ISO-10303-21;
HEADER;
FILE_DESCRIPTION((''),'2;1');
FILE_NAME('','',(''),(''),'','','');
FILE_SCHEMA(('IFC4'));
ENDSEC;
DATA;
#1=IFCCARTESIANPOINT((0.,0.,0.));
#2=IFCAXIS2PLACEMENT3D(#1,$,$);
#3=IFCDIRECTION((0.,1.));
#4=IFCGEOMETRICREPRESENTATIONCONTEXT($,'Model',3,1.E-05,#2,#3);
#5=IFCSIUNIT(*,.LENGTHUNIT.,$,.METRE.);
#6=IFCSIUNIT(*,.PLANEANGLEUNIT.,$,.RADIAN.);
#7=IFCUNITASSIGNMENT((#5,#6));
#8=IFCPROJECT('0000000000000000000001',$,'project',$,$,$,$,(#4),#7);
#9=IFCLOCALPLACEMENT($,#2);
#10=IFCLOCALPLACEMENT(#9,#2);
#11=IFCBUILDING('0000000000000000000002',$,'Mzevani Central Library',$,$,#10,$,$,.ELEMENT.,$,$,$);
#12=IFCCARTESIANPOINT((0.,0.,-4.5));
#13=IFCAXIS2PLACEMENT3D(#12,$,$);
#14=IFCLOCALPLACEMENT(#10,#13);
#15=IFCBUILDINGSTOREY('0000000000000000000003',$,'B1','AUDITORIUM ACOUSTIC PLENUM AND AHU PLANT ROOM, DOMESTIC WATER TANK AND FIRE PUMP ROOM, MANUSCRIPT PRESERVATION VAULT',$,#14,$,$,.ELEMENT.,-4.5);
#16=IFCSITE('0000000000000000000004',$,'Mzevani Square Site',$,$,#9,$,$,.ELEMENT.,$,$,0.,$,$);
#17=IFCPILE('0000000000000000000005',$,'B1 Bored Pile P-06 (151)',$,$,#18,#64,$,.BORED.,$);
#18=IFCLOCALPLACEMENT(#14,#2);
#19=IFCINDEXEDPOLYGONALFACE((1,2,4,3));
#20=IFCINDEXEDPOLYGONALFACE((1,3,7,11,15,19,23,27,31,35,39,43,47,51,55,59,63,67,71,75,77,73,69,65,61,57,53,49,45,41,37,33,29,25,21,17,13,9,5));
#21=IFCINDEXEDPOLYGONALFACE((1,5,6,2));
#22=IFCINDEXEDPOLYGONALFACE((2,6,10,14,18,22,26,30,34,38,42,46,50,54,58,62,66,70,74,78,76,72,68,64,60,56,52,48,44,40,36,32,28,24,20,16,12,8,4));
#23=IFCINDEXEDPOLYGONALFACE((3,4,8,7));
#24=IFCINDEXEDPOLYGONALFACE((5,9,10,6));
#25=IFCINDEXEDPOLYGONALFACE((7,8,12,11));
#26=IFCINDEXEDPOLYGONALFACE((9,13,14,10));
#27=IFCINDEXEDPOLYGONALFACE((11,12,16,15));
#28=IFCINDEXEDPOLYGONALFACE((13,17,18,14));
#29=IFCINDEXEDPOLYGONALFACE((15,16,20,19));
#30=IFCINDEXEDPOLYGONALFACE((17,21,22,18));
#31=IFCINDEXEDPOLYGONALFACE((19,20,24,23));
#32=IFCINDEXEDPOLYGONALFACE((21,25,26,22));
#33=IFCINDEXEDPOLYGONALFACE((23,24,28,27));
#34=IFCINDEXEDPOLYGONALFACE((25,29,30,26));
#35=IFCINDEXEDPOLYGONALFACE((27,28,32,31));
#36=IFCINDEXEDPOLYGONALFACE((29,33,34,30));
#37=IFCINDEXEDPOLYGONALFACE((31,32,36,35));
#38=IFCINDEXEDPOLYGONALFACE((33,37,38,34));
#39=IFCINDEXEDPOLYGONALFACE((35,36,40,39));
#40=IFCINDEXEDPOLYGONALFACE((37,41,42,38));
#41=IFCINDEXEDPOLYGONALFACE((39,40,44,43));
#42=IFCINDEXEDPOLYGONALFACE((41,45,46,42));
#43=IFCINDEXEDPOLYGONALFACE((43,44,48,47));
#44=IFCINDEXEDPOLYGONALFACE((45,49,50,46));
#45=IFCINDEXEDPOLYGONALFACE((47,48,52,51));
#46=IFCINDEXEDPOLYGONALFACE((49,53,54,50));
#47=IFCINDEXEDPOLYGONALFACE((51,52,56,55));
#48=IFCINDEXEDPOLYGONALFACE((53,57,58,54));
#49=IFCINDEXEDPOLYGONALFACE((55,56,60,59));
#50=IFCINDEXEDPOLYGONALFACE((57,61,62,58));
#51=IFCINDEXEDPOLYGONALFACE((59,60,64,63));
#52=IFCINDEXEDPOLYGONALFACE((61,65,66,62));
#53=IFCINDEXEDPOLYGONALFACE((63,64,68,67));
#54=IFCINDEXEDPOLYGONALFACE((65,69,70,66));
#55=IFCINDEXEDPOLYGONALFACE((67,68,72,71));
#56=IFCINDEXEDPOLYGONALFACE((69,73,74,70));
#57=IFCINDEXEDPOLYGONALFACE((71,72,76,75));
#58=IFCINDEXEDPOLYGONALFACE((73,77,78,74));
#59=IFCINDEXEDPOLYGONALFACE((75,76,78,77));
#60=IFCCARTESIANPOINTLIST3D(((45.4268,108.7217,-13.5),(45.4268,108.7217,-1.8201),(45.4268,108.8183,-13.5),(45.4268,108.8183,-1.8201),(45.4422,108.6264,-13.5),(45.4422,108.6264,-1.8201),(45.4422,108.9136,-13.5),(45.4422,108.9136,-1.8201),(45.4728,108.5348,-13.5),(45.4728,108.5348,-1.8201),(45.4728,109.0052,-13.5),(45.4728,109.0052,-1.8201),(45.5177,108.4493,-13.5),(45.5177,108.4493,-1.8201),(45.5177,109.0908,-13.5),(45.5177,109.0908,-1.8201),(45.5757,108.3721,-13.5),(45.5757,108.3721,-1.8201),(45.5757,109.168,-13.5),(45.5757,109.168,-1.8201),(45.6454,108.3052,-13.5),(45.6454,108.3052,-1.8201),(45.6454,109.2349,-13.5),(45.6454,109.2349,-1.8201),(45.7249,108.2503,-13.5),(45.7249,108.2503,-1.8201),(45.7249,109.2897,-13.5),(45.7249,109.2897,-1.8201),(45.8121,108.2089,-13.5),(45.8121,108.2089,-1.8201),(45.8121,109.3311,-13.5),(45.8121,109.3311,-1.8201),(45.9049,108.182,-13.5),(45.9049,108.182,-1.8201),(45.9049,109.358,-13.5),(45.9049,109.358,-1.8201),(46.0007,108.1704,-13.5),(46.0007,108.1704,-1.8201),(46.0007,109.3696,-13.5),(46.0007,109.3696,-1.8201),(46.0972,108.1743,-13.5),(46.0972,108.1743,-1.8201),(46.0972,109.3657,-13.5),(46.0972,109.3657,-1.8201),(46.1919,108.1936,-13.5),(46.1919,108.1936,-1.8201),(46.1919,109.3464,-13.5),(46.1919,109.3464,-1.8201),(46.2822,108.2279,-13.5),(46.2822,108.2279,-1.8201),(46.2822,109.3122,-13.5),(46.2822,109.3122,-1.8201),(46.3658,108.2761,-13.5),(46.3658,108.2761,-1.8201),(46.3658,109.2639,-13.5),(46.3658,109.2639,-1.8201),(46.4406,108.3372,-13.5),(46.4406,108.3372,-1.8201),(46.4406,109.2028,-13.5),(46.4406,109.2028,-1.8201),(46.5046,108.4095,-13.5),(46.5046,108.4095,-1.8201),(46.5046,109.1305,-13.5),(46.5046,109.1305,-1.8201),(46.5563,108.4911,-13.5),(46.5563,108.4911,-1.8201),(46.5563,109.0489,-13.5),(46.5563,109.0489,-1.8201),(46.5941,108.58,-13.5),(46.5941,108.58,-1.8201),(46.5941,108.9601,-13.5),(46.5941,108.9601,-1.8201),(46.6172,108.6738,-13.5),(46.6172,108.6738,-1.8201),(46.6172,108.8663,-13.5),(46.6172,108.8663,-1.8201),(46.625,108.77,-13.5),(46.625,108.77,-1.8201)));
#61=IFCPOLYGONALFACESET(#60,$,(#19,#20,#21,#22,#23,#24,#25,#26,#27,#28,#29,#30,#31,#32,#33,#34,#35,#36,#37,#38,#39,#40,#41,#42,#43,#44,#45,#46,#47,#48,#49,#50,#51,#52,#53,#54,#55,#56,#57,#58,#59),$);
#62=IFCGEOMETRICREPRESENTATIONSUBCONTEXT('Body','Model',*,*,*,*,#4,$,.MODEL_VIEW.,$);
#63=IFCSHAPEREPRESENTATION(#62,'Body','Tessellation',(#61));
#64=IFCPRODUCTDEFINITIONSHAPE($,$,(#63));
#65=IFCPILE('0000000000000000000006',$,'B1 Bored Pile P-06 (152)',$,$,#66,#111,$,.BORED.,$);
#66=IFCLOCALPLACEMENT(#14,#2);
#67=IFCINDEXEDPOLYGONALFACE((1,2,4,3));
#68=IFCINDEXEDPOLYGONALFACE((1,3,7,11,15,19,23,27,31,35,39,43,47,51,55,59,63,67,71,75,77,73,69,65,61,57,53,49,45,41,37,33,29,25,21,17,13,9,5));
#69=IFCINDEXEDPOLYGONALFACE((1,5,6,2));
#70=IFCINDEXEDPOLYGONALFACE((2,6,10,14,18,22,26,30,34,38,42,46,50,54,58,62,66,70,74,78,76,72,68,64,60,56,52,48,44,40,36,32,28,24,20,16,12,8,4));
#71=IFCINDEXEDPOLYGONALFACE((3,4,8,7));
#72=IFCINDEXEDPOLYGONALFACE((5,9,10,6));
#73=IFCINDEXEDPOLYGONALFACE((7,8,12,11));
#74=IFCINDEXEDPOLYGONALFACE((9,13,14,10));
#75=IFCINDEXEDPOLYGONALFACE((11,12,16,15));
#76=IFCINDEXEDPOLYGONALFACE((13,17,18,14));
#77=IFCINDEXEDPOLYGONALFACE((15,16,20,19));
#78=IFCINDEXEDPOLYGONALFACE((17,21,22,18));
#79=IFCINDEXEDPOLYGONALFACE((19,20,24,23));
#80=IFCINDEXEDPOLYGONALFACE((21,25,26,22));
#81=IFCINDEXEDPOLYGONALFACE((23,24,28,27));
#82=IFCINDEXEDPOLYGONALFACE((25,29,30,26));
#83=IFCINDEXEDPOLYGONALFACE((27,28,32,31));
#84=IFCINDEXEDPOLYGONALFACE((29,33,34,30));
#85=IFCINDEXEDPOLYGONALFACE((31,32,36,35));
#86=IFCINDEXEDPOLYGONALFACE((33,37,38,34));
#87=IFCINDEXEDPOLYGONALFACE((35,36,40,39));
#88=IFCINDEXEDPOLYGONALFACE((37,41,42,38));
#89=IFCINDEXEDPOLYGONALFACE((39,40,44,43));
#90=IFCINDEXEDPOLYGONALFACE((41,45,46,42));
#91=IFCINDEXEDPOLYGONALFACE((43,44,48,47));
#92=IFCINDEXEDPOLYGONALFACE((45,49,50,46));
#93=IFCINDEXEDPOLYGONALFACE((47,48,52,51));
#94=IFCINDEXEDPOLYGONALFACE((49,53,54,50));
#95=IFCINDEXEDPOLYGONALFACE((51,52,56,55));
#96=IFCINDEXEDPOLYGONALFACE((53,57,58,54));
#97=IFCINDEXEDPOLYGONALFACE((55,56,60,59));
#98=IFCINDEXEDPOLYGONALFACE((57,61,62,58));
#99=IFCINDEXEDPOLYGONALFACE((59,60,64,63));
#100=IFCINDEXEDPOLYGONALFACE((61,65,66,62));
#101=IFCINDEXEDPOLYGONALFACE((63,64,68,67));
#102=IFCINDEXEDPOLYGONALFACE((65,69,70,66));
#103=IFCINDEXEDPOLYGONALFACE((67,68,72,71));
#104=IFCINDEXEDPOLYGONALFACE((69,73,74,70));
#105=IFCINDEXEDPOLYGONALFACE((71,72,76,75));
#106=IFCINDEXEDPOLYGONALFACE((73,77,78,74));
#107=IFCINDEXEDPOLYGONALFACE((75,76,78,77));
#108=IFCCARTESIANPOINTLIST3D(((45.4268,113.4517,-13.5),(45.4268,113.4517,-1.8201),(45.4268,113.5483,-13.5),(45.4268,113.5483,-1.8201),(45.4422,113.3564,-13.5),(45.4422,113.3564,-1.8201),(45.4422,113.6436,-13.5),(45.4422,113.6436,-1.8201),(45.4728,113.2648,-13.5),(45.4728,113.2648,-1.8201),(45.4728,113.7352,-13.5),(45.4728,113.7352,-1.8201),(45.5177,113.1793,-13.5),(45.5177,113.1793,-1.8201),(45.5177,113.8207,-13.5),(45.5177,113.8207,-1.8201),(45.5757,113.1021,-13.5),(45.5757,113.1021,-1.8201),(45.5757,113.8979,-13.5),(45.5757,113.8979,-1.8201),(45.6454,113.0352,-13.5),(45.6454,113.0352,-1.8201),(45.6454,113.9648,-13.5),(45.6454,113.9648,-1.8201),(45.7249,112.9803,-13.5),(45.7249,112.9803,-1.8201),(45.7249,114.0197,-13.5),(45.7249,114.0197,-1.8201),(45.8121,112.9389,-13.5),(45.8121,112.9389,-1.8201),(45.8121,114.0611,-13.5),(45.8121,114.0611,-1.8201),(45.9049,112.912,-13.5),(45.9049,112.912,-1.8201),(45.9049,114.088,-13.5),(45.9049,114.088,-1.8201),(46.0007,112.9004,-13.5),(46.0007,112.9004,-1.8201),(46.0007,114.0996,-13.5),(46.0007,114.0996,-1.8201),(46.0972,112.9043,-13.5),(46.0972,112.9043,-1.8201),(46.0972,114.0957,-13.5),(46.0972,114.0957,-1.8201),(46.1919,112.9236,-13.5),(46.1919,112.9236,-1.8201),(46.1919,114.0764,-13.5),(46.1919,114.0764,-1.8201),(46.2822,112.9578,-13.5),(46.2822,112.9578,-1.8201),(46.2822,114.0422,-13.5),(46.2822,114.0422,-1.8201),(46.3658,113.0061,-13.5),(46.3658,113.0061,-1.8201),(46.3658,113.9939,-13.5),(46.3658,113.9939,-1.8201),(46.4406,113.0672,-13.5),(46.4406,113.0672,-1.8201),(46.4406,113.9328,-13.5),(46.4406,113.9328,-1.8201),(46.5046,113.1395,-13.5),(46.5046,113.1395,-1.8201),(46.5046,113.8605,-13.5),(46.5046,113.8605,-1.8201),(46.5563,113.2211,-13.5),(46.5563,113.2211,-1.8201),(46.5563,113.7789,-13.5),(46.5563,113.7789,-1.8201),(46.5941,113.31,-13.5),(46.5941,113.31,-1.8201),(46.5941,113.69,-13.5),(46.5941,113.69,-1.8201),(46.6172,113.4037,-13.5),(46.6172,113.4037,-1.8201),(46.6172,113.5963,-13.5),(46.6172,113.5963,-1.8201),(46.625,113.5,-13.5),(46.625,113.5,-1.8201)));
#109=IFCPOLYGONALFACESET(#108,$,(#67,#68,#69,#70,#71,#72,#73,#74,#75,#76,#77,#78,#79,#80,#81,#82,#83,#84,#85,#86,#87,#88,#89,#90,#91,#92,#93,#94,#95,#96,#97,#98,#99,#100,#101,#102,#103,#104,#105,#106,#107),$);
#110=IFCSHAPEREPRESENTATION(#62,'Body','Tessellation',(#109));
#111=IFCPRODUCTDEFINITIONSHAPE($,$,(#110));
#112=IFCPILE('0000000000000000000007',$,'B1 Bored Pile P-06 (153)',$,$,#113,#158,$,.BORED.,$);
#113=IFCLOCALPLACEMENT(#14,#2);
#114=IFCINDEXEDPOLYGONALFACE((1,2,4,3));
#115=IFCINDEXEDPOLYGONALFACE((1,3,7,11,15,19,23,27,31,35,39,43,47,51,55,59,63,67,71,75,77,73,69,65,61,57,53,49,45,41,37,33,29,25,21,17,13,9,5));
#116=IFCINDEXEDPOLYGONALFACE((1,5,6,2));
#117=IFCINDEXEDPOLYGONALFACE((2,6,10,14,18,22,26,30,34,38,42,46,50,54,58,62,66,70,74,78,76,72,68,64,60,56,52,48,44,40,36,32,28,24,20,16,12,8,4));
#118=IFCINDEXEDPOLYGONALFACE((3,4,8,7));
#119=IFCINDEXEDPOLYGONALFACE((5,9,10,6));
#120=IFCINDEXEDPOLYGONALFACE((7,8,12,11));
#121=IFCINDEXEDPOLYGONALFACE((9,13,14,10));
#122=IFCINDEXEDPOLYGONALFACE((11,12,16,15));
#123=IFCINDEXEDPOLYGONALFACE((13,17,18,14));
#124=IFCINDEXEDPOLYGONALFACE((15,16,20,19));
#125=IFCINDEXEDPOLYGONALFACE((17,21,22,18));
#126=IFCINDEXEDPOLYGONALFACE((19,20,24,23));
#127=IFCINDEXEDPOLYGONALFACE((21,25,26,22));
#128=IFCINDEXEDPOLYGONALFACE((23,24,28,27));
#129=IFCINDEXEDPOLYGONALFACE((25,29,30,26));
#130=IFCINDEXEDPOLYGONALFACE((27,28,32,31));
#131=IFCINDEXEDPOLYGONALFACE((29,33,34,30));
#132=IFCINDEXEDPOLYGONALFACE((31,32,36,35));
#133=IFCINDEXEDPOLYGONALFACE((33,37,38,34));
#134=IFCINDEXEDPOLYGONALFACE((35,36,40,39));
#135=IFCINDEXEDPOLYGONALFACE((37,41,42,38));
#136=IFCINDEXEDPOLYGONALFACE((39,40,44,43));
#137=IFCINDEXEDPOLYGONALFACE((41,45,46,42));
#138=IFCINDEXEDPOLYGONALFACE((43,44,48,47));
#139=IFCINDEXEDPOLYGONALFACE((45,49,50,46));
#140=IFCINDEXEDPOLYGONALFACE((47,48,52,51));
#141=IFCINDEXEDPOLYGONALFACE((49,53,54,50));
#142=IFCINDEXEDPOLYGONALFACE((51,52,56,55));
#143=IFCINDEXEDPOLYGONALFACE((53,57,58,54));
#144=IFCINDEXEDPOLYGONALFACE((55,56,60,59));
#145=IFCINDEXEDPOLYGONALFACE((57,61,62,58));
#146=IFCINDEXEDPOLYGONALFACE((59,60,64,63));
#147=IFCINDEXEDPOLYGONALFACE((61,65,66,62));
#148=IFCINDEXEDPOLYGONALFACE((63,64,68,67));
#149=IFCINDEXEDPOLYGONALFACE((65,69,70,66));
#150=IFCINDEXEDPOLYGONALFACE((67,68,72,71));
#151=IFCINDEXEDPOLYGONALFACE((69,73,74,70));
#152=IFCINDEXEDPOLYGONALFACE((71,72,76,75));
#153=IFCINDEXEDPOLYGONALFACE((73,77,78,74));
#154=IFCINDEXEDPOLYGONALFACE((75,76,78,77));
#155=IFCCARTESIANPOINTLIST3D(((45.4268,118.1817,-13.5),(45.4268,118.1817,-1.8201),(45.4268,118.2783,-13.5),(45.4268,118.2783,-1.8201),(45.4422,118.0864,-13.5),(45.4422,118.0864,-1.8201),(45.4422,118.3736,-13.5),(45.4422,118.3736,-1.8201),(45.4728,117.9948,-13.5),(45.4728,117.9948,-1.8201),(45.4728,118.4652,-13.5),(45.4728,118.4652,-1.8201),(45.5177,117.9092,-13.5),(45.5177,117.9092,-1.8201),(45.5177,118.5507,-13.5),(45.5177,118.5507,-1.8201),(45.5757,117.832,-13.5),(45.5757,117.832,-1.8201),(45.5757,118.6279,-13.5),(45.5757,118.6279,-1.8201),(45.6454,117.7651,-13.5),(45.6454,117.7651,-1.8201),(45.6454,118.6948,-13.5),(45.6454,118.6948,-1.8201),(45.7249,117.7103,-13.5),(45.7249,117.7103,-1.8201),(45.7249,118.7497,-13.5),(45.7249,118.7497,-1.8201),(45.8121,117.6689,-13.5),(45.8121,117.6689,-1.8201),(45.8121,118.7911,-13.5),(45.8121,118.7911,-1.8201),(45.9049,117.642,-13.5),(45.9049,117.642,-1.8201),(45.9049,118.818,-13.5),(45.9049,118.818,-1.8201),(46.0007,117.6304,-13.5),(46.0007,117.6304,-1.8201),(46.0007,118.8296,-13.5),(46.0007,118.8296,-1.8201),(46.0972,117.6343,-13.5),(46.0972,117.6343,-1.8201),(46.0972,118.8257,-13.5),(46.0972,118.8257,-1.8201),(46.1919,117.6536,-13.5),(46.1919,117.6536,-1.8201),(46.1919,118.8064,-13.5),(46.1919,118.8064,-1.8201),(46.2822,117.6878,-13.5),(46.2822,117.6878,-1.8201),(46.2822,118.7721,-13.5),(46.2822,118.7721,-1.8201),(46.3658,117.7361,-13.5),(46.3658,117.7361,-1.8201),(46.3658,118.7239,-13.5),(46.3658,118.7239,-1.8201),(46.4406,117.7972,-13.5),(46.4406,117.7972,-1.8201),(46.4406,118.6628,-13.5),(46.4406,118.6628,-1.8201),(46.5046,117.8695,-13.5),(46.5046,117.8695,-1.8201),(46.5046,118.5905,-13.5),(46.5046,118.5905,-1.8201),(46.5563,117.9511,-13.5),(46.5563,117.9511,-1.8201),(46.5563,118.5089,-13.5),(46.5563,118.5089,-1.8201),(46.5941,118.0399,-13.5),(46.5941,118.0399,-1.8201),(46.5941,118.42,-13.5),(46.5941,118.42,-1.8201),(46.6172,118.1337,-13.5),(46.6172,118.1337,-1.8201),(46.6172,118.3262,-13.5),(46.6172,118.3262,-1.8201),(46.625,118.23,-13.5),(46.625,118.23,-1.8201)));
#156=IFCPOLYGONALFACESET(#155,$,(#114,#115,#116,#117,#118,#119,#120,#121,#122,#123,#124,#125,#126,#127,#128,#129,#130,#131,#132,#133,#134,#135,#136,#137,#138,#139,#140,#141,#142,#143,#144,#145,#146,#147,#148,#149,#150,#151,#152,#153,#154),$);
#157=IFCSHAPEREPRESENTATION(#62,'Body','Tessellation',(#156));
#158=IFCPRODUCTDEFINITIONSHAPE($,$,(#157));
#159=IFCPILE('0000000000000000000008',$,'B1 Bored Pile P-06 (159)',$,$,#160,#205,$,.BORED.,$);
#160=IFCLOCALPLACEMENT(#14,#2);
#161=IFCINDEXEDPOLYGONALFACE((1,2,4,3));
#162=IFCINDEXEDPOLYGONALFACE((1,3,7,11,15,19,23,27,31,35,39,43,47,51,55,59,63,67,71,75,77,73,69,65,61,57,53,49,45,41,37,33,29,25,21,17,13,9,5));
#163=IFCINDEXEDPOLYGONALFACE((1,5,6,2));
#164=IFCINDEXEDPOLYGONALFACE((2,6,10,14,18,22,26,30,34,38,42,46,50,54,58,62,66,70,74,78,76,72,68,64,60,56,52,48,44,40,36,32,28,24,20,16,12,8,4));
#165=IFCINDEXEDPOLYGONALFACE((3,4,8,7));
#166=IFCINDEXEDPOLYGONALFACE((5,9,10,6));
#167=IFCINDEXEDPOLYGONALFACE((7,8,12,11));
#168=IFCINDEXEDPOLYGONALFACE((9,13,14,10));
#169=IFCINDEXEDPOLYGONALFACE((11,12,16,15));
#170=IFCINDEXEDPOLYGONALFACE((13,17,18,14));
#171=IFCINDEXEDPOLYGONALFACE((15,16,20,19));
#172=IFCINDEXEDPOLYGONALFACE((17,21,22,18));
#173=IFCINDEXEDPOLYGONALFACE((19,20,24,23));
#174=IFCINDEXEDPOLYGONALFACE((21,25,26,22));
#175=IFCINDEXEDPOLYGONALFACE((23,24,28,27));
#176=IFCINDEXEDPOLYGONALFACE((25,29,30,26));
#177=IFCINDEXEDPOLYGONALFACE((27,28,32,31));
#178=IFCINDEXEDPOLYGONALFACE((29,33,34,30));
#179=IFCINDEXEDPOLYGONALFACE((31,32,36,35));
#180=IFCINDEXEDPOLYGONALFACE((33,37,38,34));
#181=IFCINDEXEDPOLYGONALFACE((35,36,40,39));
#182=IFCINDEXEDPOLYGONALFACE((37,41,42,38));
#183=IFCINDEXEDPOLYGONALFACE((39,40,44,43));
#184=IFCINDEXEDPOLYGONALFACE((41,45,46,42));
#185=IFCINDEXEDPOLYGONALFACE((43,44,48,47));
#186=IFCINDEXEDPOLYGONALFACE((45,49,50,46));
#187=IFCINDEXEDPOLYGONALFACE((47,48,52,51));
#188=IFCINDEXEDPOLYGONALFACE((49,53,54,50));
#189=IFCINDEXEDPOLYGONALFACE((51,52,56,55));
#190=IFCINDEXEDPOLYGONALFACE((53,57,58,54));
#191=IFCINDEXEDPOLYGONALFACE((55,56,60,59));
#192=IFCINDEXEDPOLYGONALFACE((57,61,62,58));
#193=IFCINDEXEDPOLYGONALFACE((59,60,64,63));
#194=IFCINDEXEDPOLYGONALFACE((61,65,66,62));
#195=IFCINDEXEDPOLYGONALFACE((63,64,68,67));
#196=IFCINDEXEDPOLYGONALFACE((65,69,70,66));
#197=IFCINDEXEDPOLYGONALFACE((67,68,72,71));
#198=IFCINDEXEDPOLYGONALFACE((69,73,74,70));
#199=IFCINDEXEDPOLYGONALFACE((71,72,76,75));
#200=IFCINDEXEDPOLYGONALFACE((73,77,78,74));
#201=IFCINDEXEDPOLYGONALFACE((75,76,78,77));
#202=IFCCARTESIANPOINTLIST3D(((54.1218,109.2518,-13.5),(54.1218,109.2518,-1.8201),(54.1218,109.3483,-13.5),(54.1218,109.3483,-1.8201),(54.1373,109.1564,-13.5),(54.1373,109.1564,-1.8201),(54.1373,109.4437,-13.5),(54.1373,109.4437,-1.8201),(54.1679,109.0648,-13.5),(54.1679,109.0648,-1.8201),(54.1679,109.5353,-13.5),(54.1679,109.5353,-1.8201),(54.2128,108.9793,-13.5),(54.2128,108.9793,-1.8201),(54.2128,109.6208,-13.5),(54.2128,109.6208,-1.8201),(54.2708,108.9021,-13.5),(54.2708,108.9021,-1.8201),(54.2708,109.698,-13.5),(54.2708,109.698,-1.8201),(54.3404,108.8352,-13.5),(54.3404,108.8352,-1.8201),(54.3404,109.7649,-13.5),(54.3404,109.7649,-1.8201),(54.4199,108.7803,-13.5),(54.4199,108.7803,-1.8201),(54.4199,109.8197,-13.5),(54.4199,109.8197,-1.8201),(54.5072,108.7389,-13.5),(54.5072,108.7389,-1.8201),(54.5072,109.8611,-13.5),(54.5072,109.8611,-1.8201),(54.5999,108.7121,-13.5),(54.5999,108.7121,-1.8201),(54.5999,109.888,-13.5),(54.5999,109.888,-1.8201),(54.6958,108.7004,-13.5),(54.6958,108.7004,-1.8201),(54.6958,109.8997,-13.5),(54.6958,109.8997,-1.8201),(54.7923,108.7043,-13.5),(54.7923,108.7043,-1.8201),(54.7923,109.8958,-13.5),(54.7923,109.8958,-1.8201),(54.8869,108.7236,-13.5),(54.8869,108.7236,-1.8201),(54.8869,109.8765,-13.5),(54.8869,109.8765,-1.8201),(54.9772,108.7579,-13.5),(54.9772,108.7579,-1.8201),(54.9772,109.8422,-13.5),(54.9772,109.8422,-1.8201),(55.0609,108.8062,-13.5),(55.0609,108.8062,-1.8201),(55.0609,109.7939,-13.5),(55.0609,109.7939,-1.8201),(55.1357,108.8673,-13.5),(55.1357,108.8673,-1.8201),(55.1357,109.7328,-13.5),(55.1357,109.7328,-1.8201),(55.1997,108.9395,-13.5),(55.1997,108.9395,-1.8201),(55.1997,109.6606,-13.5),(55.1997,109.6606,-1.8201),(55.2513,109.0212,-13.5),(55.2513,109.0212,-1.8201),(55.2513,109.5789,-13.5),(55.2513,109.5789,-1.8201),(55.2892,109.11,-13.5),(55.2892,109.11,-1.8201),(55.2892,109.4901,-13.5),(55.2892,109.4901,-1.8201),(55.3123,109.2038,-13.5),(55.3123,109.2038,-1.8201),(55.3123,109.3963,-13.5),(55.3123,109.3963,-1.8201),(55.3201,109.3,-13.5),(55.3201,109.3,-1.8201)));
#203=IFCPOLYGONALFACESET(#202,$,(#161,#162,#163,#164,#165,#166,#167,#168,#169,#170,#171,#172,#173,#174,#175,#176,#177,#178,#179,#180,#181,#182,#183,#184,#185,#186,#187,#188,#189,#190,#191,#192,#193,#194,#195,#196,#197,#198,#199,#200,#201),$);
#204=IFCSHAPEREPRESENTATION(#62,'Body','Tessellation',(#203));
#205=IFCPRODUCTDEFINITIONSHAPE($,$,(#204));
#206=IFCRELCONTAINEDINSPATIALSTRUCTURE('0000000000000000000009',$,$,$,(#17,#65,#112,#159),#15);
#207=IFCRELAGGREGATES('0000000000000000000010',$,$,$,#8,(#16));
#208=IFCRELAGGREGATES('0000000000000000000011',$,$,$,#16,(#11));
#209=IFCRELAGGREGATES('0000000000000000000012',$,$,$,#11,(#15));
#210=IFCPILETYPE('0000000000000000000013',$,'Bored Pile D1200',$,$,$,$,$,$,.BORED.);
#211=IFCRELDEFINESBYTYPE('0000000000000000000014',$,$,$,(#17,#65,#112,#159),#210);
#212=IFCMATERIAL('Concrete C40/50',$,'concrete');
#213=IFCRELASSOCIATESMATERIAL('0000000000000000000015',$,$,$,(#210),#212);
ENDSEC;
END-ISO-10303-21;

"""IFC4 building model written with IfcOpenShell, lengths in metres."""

from ifc_helpers import new_model, si_unit, direction, frame, origin, origin_2d, place, context, subcontext, project, spatial, circle, extrude, material, material_profile, profile_set, type_object, element, save


model = new_model("IFC4")

# Units and contexts
model_context = context("Model", 3, precision=1e-05, world=origin(), true_north=direction((0.0, 1.0)))
body_context = subcontext(model_context, "Body", "Model", "MODEL_VIEW")
ifc_project = project(units=[si_unit("LENGTHUNIT", "METRE"), si_unit("PLANEANGLEUNIT", "RADIAN")], contexts=[model_context])

# Site, building, storey
site_placement = place(None, origin())
site = spatial("IfcSite", under=ifc_project, at=site_placement, Name="Mzevani Square Site", CompositionType="ELEMENT", RefElevation=0.0)
building_placement = place(site_placement, origin())
building = spatial("IfcBuilding", under=site, at=building_placement, Name="Mzevani Central Library", CompositionType="ELEMENT")
storey_placement = place(building_placement, frame((0.0, 0.0, -4.5)))
storey = spatial("IfcBuildingStorey", under=building, at=storey_placement, Name="B1", Description="AUDITORIUM ACOUSTIC PLENUM AND AHU PLANT ROOM, DOMESTIC WATER TANK AND FIRE PUMP ROOM, MANUSCRIPT PRESERVATION VAULT", CompositionType="ELEMENT", Elevation=-4.5)

# Piles
ifc_material_1 = material(Name="Concrete C40/50", Category="concrete")
ifc_material_profile_1 = material_profile(ifc_material_1, circle(Radius=0.6001, at=origin_2d()), Name="PILE D1200")
ifc_profile_set_1 = profile_set([ifc_material_profile_1], Name="Concrete C40/50")
pile_type_1 = type_object("IfcPileType", Name="Bored Pile D1200", PredefinedType="BORED", material=ifc_profile_set_1)
for number, where, z_axis, x_axis, name in (
    (1, (46.0249, 108.77, -1.8201), (0.0, 0.0, -1.0), (1.0, 0.0, 0.0), "B1 Bored Pile P-06 (151)"),
    (2, (46.0249, 113.5, -1.8201), (0.0, 0.0, -1.0), (1.0, 0.0, 0.0), "B1 Bored Pile P-06 (152)"),
    (3, (46.0249, 118.23, -1.8201), (0.0, 0.0, -1.0), (1.0, 0.0, 0.0), "B1 Bored Pile P-06 (153)"),
    (4, (54.72, 109.3, -1.8201), (0.0, 0.0, -1.0), (1.0, 0.0, 0.0), "B1 Bored Pile P-06 (159)"),
):
    element("IfcPile", number, at=place(storey_placement, frame(where, z_axis=z_axis, x_axis=x_axis)), inside=storey, type_object=pile_type_1, Name=name, PredefinedType="BORED", context=body_context, shape_type="SweptSolid", body=[
        extrude(circle(Radius=0.6001, at=origin_2d()), origin(), (0.0, 0.0, 1.0), 11.6799),
    ])

save(model, "model.ifc")
